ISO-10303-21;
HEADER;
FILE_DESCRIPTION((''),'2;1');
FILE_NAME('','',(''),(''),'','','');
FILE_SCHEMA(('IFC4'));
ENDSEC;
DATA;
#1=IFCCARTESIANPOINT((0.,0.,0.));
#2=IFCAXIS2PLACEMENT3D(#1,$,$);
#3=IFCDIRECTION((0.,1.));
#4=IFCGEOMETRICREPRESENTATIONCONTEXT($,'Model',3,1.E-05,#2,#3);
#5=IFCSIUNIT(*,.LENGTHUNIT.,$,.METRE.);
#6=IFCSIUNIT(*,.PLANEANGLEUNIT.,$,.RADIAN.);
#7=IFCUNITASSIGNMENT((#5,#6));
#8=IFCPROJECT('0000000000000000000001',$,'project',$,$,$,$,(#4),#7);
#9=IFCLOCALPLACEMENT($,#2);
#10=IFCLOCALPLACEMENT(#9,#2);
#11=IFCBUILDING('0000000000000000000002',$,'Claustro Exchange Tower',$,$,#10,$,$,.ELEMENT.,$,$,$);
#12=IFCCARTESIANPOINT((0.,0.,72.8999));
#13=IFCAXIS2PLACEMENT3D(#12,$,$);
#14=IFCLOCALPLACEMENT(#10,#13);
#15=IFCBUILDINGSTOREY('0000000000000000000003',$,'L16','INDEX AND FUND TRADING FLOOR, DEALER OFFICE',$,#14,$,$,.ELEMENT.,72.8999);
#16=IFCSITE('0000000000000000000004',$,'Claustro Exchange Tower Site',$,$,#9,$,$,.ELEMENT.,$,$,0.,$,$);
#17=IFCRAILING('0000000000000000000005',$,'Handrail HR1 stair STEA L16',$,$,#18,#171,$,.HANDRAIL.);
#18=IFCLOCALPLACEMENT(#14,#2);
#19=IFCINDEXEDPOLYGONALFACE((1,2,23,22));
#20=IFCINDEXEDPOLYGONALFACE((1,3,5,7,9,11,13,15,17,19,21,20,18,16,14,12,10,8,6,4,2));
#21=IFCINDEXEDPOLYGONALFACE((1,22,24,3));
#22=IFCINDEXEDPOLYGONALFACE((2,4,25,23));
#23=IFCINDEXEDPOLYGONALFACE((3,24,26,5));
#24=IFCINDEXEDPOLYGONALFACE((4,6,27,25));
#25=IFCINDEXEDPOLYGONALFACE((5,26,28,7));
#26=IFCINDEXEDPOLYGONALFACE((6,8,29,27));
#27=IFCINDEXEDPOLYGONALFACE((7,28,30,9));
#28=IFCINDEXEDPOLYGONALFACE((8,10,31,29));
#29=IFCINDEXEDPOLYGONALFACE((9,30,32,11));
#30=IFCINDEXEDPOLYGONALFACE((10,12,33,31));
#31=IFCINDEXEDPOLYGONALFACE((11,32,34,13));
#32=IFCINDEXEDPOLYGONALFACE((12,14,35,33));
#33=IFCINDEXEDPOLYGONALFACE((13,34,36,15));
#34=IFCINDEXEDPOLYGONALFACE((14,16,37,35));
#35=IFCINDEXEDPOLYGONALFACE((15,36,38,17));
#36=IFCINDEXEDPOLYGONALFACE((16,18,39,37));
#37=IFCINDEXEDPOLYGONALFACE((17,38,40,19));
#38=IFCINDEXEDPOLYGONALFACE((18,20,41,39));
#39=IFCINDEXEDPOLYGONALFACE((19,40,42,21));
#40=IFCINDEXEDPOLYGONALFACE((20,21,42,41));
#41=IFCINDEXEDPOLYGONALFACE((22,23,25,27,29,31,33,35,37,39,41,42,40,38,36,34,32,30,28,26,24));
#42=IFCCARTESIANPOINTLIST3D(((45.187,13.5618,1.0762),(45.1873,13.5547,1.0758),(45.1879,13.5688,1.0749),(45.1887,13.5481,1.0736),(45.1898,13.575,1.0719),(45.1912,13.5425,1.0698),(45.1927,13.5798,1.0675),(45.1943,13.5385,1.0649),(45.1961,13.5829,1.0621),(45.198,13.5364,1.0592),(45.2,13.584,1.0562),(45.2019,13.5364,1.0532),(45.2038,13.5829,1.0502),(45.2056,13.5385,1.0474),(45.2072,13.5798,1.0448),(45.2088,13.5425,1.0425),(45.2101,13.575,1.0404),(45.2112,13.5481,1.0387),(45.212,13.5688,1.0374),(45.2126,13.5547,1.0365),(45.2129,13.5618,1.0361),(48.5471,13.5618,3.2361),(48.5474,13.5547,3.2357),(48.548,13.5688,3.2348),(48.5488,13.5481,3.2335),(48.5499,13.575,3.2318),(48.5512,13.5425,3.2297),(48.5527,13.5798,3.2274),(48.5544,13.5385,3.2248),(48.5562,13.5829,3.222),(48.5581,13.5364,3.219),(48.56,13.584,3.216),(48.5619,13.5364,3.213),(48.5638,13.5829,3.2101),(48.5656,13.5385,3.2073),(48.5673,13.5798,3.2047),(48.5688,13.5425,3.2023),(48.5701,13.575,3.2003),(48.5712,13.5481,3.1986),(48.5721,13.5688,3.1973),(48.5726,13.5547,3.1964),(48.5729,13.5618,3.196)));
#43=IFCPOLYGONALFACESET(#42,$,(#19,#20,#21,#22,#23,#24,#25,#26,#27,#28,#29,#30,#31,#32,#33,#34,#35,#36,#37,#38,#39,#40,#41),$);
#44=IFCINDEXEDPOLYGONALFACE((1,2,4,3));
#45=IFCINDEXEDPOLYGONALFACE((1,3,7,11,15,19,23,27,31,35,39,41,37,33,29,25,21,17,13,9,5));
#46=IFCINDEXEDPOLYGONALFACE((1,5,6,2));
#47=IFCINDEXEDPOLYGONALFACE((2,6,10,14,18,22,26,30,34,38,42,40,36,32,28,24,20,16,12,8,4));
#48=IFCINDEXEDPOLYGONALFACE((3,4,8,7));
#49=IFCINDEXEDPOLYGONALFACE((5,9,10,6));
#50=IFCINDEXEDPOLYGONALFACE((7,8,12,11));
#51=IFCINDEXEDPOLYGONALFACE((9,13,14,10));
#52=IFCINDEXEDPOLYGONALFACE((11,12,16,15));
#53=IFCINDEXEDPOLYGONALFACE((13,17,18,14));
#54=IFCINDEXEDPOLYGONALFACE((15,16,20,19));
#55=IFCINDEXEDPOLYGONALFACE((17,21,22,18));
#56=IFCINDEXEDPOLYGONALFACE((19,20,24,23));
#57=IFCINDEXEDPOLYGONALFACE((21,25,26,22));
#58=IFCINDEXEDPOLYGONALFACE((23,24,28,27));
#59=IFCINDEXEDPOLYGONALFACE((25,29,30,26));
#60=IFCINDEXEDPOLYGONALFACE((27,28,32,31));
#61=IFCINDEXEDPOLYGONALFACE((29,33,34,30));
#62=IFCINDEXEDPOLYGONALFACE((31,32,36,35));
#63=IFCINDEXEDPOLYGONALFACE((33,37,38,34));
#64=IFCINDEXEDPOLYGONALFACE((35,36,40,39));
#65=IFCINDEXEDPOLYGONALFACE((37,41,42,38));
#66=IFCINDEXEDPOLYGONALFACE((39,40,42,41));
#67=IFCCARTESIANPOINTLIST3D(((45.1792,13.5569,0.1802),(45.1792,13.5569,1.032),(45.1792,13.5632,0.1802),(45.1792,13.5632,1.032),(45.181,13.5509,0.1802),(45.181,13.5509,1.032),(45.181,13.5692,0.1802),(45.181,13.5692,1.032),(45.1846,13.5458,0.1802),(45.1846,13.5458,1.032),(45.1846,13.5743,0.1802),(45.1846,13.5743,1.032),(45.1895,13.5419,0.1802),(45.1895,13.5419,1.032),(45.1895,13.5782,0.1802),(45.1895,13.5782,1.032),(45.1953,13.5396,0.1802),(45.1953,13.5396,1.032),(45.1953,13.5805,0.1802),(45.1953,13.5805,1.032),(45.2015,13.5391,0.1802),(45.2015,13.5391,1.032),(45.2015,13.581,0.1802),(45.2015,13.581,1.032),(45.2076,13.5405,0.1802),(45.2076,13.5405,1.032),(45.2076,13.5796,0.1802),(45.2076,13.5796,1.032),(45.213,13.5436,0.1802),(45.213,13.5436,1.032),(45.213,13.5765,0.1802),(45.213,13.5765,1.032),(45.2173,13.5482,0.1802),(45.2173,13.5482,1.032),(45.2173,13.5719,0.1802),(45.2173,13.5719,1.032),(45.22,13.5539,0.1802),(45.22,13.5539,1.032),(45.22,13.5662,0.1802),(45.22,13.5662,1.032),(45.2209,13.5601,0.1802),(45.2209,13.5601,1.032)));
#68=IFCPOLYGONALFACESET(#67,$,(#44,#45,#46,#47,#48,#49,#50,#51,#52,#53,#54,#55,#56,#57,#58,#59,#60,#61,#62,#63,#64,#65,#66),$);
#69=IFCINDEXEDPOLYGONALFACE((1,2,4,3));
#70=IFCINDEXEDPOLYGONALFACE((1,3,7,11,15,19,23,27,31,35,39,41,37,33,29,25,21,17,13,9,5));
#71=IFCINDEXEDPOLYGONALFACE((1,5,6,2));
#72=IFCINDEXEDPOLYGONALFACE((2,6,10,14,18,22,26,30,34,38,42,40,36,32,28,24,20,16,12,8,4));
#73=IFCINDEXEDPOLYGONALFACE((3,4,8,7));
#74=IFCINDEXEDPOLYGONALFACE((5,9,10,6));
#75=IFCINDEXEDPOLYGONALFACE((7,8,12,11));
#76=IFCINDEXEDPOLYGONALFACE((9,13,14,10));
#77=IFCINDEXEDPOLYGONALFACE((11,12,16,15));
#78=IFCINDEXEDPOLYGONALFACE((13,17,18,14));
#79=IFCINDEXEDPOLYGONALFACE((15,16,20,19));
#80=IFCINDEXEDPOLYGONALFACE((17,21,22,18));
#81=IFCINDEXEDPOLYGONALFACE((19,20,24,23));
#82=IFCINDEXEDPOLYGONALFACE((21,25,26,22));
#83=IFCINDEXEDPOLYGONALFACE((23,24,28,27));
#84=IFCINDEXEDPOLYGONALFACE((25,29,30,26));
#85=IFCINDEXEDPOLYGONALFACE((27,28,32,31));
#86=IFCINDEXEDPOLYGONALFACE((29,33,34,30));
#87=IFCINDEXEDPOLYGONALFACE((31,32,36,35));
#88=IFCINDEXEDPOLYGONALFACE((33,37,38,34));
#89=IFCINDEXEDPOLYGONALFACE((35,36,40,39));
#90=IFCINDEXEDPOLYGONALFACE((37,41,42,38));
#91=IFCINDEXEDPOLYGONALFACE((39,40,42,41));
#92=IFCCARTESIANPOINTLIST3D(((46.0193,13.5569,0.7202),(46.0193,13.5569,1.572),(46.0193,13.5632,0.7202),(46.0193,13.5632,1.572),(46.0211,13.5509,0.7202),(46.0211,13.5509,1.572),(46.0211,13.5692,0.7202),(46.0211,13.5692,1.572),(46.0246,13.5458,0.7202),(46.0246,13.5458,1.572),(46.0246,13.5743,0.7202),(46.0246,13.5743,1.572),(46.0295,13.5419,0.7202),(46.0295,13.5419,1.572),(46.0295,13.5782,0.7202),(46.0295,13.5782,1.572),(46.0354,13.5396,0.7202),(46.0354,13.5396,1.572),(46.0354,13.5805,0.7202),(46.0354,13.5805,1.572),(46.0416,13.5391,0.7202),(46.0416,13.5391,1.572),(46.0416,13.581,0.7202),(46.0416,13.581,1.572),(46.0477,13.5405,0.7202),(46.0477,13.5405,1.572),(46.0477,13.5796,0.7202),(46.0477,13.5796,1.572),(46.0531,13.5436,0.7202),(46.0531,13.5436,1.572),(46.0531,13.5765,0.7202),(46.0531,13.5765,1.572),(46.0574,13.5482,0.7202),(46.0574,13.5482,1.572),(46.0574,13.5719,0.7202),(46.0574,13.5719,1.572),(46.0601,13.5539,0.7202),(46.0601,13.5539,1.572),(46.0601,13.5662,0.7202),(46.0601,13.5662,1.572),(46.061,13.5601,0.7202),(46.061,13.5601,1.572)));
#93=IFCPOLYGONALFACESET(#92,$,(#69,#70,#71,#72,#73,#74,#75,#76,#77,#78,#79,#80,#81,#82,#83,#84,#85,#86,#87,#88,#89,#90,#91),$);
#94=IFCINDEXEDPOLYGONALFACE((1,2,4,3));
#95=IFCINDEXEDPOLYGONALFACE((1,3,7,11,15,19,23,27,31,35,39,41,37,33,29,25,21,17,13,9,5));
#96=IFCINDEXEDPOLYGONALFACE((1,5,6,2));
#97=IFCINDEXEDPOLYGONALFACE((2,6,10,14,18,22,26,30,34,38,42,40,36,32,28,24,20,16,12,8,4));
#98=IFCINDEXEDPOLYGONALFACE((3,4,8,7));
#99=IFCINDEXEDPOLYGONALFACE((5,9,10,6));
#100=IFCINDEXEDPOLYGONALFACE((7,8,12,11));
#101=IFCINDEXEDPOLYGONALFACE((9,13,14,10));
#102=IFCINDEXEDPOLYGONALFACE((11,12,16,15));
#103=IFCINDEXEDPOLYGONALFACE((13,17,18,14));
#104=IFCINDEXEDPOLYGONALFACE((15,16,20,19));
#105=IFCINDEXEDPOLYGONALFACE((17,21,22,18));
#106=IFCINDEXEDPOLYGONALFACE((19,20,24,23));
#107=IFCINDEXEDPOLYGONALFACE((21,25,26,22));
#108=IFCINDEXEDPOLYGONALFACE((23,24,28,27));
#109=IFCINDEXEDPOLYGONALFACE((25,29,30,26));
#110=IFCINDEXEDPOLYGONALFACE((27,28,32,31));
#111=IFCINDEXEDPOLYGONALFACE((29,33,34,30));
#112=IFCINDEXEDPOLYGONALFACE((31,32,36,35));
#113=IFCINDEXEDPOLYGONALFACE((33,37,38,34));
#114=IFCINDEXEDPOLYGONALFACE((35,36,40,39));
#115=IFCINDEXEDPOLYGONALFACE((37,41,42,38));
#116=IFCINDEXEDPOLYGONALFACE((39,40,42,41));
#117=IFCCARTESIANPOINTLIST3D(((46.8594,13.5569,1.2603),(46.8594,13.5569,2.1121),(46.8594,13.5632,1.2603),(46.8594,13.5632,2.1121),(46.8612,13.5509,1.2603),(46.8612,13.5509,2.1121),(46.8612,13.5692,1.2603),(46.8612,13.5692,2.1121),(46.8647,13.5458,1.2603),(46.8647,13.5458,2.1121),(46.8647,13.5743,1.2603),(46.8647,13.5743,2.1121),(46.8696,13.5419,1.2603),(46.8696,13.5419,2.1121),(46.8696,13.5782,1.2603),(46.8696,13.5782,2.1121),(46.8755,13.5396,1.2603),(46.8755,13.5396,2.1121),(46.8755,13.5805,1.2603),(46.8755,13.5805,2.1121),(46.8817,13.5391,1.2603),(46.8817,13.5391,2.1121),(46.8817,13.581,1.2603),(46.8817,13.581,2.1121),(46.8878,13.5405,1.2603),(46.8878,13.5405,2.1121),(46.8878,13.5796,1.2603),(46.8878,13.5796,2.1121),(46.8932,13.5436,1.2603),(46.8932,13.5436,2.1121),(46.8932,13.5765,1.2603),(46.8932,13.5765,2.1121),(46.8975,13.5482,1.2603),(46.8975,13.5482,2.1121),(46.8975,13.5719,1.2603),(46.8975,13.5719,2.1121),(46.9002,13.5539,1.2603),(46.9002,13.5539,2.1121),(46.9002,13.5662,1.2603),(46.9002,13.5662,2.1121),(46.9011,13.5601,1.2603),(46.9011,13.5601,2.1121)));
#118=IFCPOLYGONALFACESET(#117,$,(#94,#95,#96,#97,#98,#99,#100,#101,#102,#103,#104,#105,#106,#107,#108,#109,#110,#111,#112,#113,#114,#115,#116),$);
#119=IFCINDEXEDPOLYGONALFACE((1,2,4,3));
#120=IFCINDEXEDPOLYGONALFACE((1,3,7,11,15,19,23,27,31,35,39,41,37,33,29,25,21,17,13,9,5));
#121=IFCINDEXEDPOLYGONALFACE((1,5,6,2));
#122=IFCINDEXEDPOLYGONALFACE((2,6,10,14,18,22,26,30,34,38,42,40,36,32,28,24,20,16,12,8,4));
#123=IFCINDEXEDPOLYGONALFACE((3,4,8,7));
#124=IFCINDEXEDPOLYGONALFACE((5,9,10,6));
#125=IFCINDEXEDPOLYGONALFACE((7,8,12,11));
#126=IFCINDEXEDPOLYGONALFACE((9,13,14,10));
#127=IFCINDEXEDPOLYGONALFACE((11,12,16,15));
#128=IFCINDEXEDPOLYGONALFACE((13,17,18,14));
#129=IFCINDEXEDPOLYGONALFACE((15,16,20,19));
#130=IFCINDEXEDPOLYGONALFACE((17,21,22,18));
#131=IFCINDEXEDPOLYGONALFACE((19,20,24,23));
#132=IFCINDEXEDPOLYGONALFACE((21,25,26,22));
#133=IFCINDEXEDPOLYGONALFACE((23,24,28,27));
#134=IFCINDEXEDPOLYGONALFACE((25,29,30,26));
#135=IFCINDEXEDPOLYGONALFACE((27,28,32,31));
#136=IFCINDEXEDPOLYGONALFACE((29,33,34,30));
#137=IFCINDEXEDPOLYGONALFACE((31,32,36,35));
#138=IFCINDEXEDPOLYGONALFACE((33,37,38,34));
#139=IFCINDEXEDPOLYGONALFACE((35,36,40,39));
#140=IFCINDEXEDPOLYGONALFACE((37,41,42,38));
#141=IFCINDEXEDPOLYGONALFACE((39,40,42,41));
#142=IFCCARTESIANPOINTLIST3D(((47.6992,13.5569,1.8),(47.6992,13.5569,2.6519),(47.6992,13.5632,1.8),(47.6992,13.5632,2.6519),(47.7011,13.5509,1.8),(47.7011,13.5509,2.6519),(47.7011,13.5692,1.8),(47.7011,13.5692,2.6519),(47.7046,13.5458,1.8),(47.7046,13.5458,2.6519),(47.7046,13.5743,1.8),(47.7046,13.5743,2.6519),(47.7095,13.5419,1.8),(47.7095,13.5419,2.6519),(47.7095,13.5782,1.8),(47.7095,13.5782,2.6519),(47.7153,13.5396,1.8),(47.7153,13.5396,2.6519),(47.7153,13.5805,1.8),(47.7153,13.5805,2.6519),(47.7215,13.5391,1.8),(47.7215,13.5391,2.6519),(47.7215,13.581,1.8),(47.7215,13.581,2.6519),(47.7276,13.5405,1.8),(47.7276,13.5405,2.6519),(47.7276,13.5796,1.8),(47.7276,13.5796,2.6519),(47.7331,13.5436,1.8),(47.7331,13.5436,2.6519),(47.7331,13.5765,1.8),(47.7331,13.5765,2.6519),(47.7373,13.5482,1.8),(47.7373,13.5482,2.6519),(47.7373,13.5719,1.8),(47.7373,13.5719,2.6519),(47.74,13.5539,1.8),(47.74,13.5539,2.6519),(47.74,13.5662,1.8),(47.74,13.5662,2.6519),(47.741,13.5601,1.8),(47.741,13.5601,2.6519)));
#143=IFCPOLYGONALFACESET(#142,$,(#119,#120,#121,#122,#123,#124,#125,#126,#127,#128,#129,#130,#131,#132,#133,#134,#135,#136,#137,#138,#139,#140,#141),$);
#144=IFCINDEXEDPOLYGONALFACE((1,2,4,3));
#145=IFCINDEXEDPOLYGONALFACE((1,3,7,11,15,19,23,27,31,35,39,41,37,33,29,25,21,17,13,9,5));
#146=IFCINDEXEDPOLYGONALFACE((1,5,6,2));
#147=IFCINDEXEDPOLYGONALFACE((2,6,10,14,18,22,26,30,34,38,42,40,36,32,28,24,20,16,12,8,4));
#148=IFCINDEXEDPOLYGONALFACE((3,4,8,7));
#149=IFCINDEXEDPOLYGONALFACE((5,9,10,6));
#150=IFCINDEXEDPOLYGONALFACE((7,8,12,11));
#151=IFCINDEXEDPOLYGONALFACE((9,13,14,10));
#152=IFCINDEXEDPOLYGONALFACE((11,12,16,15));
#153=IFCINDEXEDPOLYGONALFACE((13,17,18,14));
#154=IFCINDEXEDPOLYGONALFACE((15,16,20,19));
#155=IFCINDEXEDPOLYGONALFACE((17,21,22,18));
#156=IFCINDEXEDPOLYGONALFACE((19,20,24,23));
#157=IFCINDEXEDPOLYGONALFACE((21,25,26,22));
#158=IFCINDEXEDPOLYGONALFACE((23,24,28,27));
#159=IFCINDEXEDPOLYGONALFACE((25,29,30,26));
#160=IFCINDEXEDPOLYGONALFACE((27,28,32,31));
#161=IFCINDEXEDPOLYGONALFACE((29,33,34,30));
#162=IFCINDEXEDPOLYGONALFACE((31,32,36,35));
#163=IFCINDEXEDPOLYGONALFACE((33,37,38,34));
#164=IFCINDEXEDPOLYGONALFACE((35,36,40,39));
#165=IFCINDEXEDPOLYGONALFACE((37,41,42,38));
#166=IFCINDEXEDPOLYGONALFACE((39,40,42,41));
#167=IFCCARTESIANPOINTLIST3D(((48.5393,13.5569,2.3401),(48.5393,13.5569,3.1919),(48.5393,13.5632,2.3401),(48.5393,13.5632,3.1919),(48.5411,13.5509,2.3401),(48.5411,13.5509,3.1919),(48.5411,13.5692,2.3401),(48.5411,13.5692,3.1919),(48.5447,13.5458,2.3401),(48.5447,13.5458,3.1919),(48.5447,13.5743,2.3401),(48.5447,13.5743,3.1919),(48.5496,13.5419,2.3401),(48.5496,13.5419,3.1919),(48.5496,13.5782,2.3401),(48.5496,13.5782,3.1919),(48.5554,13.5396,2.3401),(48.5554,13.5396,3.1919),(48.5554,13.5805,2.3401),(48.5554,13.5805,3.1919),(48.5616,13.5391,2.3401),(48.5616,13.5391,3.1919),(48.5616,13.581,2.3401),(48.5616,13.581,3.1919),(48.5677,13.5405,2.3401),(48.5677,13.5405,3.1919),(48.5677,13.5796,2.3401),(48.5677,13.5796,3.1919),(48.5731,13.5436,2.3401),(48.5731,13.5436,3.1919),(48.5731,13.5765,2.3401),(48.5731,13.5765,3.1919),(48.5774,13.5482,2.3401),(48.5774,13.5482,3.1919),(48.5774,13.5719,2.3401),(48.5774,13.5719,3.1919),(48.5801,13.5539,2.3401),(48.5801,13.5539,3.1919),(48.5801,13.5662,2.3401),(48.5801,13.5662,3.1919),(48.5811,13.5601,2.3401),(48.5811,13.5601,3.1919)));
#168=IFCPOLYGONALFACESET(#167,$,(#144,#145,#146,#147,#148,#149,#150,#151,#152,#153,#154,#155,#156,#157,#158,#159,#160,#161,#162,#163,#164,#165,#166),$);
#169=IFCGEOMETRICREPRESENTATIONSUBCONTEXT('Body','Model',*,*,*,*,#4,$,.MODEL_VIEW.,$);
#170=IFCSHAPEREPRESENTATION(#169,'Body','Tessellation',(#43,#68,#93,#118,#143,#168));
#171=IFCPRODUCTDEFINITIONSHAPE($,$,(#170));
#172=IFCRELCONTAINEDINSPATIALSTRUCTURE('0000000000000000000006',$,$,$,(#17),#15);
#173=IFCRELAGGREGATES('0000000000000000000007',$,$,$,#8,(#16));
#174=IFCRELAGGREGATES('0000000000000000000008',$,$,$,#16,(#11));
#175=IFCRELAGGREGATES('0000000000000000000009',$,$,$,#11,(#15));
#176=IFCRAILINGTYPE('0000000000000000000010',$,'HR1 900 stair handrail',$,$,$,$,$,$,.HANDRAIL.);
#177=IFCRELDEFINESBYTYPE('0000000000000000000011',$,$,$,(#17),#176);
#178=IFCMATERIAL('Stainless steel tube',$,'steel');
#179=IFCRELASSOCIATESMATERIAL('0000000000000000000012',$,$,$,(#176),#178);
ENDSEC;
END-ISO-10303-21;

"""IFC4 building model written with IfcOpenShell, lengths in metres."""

from ifc_helpers import new_model, si_unit, direction, frame, origin, origin_2d, place, context, subcontext, project, spatial, circle, extrude, material, type_object, element, save


model = new_model("IFC4")

# Units and contexts
model_context = context("Model", 3, precision=1e-05, world=origin(), true_north=direction((0.0, 1.0)))
body_context = subcontext(model_context, "Body", "Model", "MODEL_VIEW")
ifc_project = project(units=[si_unit("LENGTHUNIT", "METRE"), si_unit("PLANEANGLEUNIT", "RADIAN")], contexts=[model_context])

# Site, building, storey
site_placement = place(None, origin())
site = spatial("IfcSite", under=ifc_project, at=site_placement, Name="Claustro Exchange Tower Site", CompositionType="ELEMENT", RefElevation=0.0)
building_placement = place(site_placement, origin())
building = spatial("IfcBuilding", under=site, at=building_placement, Name="Claustro Exchange Tower", CompositionType="ELEMENT")
storey_placement = place(building_placement, frame((0.0, 0.0, 72.8999)))
storey = spatial("IfcBuildingStorey", under=building, at=storey_placement, Name="L16", Description="INDEX AND FUND TRADING FLOOR, DEALER OFFICE", CompositionType="ELEMENT", Elevation=72.8999)

# Railing
ifc_material_1 = material(Name="Stainless steel tube", Category="steel")
railing_type_1 = type_object("IfcRailingType", Name="HR1 900 stair handrail", PredefinedType="HANDRAIL", material=ifc_material_1)
railing_1_placement = place(storey_placement, frame((45.2, 13.5601, 0.1802)))
element("IfcRailing", 1, at=railing_1_placement, inside=storey, type_object=railing_type_1, Name="Handrail HR1 stair STEA L16", PredefinedType="HANDRAIL", context=body_context, shape_type="SweptSolid", body=[
    extrude(circle(Radius=0.0239, at=origin_2d()), frame((0.0, 0.0, 0.876), z_axis=(0.841196, 0.0, 0.54073), x_axis=(0.0, 1.0, 0.0)), (0.0, 0.0, 1.0), 3.9944),
    extrude(circle(Radius=0.021, at=origin_2d()), origin(), (0.0, 0.0, 1.0), 0.8518),
    extrude(circle(Radius=0.021, at=origin_2d()), frame((0.8401, 0.0, 0.54)), (0.0, 0.0, 1.0), 0.8518),
    extrude(circle(Radius=0.021, at=origin_2d()), frame((1.6802, 0.0, 1.0801)), (0.0, 0.0, 1.0), 0.8518),
    extrude(circle(Radius=0.021, at=origin_2d()), frame((2.52, 0.0, 1.6199)), (0.0, 0.0, 1.0), 0.8518),
    extrude(circle(Radius=0.021, at=origin_2d()), frame((3.3601, 0.0, 2.1599)), (0.0, 0.0, 1.0), 0.8518),
])

save(model, "model.ifc")
